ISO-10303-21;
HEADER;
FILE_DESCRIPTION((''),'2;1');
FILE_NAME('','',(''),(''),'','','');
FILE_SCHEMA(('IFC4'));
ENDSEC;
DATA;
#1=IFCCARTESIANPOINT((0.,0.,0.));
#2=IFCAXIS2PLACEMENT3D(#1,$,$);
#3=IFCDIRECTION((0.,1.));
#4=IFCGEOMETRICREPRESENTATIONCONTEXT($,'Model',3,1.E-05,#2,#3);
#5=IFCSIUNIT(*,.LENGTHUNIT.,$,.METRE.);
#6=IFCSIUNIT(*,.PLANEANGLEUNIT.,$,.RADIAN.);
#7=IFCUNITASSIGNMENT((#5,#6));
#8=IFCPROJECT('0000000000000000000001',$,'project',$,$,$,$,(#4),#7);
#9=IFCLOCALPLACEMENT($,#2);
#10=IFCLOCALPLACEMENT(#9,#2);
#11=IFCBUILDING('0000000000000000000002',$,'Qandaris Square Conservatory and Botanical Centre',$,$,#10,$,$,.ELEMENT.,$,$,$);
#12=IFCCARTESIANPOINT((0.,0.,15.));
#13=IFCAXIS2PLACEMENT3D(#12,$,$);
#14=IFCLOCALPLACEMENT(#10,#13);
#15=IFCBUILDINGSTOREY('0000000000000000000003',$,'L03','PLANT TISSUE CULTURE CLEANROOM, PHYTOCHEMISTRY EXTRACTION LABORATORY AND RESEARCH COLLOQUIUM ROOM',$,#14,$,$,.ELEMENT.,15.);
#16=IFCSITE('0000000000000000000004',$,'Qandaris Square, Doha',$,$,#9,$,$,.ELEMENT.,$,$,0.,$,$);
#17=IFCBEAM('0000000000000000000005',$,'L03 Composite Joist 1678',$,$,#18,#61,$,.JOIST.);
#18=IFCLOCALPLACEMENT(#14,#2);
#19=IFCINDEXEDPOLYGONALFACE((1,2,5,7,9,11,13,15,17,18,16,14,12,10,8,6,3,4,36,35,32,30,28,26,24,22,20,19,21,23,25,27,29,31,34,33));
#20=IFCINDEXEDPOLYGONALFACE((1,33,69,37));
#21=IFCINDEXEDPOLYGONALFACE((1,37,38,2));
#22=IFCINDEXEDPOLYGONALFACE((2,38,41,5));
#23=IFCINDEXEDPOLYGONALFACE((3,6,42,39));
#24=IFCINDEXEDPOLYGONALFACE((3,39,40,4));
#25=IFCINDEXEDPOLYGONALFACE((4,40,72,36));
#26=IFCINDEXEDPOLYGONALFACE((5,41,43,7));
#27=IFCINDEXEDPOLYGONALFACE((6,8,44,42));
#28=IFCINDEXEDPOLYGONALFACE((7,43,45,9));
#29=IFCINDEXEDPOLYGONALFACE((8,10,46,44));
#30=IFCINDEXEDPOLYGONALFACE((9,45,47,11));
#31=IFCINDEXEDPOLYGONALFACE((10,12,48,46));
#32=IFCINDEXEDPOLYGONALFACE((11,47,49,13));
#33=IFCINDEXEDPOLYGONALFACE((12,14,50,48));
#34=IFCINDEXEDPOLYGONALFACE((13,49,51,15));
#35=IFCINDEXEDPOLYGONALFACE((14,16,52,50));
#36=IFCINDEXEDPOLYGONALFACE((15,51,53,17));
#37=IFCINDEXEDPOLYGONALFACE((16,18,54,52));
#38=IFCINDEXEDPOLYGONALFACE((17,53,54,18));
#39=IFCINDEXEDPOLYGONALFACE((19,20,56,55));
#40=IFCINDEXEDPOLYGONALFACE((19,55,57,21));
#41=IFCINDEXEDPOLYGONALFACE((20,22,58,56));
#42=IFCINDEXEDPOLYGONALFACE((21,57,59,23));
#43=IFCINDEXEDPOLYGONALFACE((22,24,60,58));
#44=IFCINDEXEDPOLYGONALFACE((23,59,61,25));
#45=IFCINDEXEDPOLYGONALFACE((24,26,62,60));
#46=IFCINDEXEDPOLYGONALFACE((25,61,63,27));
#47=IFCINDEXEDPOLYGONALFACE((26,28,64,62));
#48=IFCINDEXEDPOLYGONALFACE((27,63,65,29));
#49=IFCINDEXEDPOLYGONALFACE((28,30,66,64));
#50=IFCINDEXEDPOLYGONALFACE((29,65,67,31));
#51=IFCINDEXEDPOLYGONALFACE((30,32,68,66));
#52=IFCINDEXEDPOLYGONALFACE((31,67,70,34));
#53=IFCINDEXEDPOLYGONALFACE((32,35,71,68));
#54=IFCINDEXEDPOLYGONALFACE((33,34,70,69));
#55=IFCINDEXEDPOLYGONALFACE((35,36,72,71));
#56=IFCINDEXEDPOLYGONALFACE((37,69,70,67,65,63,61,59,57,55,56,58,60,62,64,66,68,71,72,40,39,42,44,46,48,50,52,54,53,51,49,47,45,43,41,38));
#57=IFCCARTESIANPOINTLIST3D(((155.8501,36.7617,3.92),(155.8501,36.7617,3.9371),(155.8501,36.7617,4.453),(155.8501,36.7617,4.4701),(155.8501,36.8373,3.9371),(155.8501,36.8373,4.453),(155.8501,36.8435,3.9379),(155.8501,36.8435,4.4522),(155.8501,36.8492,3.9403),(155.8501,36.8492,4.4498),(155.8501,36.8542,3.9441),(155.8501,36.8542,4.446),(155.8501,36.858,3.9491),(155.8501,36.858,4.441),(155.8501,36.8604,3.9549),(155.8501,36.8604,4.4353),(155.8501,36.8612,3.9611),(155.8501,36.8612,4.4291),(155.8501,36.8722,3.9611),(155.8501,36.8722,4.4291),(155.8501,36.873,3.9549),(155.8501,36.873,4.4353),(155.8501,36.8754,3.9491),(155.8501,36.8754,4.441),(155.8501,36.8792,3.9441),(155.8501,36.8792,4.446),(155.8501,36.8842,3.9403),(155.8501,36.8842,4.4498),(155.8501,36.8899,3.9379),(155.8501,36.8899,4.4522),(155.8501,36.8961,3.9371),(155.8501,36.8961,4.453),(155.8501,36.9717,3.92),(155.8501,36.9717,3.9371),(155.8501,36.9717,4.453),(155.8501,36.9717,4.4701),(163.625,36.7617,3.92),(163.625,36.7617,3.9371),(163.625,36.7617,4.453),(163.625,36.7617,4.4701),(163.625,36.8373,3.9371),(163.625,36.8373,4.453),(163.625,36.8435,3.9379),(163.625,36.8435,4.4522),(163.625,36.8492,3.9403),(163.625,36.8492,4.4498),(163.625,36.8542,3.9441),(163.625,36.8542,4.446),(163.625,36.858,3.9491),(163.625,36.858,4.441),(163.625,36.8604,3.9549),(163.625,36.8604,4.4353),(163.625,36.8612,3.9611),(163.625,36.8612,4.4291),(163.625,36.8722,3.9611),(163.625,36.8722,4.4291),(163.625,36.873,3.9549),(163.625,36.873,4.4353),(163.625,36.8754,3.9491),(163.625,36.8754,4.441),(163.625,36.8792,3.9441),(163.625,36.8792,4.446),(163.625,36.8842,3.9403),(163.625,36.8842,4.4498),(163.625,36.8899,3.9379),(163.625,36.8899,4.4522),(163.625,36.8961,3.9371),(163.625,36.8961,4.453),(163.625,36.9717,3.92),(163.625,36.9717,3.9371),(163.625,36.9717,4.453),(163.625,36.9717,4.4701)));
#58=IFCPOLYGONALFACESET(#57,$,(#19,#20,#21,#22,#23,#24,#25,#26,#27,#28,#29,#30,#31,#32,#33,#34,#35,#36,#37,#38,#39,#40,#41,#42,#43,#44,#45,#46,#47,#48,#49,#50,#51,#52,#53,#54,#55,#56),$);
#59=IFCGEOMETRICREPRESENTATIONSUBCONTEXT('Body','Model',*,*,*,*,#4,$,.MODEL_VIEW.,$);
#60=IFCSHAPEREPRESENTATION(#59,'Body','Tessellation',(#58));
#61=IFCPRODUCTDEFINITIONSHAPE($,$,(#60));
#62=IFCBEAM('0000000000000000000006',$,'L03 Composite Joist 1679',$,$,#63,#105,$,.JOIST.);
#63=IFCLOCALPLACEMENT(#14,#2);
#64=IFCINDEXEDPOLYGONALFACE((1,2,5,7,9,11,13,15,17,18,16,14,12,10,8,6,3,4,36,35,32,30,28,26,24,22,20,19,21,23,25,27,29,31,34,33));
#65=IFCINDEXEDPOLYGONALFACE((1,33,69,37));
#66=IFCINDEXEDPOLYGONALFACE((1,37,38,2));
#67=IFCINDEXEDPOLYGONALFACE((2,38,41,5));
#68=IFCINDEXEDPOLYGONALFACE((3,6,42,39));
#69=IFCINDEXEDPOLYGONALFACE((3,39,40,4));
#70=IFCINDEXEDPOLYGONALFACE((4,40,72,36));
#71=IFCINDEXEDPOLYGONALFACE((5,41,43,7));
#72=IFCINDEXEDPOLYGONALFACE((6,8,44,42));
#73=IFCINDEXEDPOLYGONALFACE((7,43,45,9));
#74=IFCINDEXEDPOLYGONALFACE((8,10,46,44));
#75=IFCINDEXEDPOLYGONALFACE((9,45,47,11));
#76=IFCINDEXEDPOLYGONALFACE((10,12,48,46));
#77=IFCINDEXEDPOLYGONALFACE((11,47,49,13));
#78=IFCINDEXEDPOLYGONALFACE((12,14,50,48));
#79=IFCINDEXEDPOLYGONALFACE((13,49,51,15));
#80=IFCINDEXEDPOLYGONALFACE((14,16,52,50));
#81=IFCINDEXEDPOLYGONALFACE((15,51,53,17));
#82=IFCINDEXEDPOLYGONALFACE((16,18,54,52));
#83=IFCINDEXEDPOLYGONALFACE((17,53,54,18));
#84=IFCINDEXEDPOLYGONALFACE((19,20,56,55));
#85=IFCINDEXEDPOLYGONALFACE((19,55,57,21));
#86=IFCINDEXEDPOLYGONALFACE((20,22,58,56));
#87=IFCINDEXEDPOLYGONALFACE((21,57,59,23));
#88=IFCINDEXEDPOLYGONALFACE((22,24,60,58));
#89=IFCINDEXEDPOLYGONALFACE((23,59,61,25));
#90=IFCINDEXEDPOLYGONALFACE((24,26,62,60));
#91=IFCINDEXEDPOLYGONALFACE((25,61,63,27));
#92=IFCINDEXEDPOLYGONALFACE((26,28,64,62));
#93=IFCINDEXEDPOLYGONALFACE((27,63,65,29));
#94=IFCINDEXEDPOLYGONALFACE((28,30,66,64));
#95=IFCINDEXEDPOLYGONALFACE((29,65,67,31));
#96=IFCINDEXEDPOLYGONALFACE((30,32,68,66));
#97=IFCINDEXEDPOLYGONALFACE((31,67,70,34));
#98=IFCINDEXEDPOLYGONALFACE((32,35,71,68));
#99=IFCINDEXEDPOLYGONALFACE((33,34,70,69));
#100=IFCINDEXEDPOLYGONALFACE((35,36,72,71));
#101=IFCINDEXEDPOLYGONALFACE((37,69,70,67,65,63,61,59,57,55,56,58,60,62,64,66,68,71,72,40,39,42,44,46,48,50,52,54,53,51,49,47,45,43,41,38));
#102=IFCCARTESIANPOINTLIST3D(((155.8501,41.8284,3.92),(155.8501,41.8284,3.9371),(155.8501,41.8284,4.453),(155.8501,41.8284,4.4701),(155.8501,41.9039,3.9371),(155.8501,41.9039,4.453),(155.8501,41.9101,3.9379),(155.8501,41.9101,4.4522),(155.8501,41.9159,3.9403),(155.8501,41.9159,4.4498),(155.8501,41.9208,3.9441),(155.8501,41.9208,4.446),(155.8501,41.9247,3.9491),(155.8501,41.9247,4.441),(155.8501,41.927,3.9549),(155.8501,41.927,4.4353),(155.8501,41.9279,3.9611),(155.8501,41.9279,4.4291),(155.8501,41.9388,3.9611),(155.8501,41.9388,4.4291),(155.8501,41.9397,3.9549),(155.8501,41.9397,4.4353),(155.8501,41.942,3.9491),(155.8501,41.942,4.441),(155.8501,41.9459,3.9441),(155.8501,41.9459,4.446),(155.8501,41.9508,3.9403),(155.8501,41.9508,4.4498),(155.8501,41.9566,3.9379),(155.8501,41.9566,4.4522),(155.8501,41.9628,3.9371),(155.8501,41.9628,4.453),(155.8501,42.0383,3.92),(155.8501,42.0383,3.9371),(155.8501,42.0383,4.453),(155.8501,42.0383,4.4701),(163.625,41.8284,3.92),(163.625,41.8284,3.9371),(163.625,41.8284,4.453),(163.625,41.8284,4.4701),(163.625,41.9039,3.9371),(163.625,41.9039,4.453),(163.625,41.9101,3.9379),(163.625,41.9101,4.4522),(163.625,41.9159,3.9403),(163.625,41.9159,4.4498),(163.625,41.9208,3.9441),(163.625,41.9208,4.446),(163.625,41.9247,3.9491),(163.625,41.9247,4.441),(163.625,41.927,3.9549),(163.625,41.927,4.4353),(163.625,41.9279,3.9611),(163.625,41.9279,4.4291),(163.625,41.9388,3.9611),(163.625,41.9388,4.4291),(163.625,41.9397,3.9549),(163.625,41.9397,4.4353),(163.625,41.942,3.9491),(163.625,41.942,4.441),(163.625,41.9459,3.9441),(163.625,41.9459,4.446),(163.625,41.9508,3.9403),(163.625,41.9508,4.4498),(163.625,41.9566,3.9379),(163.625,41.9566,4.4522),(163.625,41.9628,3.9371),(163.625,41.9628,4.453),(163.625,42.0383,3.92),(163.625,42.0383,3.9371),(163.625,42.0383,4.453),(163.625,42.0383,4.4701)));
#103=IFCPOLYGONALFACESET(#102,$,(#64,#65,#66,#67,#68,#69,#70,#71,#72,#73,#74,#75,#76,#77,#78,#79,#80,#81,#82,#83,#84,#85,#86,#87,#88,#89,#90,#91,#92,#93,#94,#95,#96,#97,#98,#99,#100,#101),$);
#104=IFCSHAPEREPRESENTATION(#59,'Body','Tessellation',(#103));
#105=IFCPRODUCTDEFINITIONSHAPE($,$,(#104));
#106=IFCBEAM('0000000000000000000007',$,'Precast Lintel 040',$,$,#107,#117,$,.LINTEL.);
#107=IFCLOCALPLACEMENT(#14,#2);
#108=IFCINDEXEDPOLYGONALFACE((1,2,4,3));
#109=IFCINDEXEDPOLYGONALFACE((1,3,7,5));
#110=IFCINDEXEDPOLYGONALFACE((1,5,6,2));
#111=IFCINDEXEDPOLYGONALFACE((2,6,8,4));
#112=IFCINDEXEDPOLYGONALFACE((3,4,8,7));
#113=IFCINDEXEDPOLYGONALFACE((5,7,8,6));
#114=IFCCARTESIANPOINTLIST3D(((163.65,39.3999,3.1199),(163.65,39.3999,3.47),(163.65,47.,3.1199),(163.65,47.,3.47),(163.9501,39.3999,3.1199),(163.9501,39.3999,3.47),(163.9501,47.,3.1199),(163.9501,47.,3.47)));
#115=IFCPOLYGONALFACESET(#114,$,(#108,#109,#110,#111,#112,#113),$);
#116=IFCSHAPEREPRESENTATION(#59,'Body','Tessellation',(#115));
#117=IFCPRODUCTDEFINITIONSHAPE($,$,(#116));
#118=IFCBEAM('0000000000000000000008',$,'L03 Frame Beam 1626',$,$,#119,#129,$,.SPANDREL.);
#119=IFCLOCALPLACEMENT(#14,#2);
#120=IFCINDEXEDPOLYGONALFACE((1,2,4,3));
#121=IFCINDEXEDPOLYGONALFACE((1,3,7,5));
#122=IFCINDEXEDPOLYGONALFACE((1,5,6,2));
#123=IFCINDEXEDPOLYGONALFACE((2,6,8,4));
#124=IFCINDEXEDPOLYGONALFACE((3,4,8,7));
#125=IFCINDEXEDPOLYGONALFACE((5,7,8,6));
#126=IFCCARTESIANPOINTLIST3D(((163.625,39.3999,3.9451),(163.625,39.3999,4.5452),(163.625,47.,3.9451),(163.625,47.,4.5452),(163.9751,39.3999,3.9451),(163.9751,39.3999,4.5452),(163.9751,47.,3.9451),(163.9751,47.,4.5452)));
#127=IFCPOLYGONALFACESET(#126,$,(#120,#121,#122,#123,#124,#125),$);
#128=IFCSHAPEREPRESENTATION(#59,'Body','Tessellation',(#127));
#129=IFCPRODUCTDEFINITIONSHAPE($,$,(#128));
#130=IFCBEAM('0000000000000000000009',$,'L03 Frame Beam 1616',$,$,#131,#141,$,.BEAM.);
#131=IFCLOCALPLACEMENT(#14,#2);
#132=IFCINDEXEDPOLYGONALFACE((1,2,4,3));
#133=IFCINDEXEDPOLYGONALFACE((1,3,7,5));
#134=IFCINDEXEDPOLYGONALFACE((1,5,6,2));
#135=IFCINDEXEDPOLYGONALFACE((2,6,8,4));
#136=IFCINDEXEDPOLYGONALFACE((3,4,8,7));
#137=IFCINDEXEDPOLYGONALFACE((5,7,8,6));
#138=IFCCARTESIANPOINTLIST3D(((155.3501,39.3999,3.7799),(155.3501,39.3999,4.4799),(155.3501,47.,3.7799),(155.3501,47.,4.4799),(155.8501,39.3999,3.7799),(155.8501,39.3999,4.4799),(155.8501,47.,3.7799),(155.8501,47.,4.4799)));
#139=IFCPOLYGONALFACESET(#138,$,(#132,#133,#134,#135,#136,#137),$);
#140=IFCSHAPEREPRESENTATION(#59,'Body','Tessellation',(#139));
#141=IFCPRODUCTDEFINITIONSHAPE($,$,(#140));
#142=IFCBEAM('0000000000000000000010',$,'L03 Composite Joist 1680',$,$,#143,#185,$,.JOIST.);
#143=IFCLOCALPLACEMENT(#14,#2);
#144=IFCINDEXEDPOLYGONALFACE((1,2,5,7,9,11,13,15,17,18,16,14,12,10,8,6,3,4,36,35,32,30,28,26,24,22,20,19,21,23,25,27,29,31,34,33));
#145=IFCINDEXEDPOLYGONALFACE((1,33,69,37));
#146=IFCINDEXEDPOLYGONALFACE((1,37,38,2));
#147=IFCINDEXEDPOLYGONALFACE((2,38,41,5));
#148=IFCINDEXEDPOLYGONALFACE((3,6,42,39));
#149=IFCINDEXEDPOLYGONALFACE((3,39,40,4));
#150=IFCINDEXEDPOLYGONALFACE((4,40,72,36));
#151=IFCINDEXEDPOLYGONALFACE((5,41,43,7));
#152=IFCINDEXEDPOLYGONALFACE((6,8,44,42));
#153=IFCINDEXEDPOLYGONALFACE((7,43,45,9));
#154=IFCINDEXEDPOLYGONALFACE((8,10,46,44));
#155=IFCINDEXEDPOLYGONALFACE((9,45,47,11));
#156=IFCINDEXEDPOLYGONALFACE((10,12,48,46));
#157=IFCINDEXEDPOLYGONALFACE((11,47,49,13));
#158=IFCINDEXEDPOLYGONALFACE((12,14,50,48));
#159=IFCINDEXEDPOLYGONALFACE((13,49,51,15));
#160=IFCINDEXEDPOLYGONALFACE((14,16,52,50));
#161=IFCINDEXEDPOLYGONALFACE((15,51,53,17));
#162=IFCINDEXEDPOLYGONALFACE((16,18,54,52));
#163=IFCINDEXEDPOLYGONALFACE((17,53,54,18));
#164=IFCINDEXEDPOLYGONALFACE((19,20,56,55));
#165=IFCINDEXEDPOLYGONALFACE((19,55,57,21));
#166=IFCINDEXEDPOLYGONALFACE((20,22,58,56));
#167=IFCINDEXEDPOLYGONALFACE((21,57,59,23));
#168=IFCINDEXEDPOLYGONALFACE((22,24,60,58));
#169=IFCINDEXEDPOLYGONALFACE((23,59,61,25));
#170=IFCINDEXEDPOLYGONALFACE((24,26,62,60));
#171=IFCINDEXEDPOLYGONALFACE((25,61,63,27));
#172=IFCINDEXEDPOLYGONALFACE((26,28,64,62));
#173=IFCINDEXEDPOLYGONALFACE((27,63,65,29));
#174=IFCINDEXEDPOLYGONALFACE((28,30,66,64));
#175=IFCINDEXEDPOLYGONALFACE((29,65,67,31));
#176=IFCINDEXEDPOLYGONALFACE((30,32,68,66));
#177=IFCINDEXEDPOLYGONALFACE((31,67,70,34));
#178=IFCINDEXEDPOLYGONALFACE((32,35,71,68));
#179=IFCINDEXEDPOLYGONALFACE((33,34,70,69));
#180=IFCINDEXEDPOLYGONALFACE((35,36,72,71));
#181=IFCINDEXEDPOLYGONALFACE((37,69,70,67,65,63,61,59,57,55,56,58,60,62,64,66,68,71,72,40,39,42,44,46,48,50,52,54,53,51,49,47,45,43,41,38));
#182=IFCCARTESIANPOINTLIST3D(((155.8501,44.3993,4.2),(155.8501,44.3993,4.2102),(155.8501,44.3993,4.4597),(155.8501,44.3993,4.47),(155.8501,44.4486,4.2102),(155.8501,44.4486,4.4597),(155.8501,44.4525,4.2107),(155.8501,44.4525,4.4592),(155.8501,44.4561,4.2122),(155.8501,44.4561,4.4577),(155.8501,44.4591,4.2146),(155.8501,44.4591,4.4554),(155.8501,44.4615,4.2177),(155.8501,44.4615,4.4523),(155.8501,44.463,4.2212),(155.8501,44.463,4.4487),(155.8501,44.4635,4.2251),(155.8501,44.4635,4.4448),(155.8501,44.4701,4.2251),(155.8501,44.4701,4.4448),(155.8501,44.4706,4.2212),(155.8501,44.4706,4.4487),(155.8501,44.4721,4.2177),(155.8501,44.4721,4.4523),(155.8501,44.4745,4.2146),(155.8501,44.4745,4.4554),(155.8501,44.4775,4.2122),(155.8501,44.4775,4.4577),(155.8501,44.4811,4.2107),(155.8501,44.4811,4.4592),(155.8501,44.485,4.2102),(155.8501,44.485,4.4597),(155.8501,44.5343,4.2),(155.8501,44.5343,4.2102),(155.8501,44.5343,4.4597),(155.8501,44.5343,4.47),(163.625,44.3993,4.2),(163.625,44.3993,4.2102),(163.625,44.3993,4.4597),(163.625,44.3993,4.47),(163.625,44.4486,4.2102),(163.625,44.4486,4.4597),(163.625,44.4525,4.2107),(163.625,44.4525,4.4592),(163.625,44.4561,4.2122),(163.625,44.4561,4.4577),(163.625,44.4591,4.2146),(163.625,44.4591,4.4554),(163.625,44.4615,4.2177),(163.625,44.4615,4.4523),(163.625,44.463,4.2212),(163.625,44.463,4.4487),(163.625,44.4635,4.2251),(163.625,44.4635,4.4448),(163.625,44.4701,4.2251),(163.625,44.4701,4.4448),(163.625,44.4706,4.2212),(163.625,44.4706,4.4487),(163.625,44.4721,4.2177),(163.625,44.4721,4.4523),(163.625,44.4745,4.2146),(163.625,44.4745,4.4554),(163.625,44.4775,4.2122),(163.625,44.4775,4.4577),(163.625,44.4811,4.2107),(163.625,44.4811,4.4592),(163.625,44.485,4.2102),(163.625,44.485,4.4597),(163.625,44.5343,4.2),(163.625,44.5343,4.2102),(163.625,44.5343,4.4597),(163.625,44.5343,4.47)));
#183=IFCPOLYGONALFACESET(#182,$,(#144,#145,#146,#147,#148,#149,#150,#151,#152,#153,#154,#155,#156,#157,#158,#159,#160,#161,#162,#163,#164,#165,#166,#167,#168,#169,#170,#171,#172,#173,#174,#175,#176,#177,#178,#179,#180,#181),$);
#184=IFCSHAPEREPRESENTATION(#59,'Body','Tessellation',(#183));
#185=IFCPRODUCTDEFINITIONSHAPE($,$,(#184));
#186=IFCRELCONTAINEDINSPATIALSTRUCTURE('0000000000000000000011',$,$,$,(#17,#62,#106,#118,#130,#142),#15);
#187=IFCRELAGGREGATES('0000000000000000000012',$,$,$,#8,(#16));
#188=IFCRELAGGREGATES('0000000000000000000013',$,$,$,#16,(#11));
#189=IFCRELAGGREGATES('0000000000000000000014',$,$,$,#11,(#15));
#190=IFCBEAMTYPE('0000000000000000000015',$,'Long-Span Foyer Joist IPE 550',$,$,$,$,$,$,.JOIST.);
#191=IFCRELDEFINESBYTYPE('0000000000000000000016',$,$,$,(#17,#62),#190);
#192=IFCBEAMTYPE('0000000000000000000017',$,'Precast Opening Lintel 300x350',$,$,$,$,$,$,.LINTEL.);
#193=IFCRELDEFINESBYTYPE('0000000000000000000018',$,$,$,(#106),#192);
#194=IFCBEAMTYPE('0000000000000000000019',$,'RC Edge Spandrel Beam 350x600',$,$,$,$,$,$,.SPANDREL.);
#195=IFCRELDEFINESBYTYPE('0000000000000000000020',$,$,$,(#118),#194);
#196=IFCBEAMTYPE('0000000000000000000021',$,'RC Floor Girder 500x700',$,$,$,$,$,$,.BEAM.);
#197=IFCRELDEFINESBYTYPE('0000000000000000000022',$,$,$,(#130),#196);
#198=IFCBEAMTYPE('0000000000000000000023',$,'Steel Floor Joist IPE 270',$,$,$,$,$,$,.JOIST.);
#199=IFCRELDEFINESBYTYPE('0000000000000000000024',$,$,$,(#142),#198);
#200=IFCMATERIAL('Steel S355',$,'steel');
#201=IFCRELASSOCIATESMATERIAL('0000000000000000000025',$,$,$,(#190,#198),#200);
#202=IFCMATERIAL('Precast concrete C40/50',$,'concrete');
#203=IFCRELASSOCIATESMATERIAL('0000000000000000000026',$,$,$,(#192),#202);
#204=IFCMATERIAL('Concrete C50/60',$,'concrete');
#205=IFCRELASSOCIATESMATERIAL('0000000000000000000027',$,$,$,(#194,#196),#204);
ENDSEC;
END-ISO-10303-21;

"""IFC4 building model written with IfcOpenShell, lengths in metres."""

from ifc_helpers import new_model, si_unit, direction, frame, origin, origin_2d, place, context, subcontext, project, spatial, rectangle, i_section, extrude, material, material_profile, profile_set, type_object, element, save


model = new_model("IFC4")

# Units and contexts
model_context = context("Model", 3, precision=1e-05, world=origin(), true_north=direction((0.0, 1.0)))
body_context = subcontext(model_context, "Body", "Model", "MODEL_VIEW")
ifc_project = project(units=[si_unit("LENGTHUNIT", "METRE"), si_unit("PLANEANGLEUNIT", "RADIAN")], contexts=[model_context])

# Site, building, storey
site_placement = place(None, origin())
site = spatial("IfcSite", under=ifc_project, at=site_placement, Name="Qandaris Square, Doha", CompositionType="ELEMENT", RefElevation=0.0)
building_placement = place(site_placement, origin())
building = spatial("IfcBuilding", under=site, at=building_placement, Name="Qandaris Square Conservatory and Botanical Centre", CompositionType="ELEMENT")
storey_placement = place(building_placement, frame((0.0, 0.0, 15.0)))
storey = spatial("IfcBuildingStorey", under=building, at=storey_placement, Name="L03", Description="PLANT TISSUE CULTURE CLEANROOM, PHYTOCHEMISTRY EXTRACTION LABORATORY AND RESEARCH COLLOQUIUM ROOM", CompositionType="ELEMENT", Elevation=15.0)

# Shared definitions
ifc_material_1 = material(Name="Concrete C50/60", Category="concrete")

# Beams
ifc_material_2 = material(Name="Steel S355", Category="steel")
ifc_material_profile_1 = material_profile(ifc_material_2, i_section(OverallWidth=0.21, OverallDepth=0.55, WebThickness=0.011, FlangeThickness=0.0171, FilletRadius=0.0239, at=origin_2d()), Name="IPE 550")
ifc_profile_set_1 = profile_set([ifc_material_profile_1], Name="Steel S355")
beam_type_1 = type_object("IfcBeamType", Name="Long-Span Foyer Joist IPE 550", PredefinedType="JOIST", material=ifc_profile_set_1)
for number, where, z_axis, x_axis, name in (
    (1, (155.8501, 36.8667, 4.1951), (1.0, 0.0, 0.0), (0.0, 1.0, 0.0), "L03 Composite Joist 1678"),
    (2, (155.8501, 41.9333, 4.1951), (1.0, 0.0, 0.0), (0.0, 1.0, 0.0), "L03 Composite Joist 1679"),
):
    element("IfcBeam", number, at=place(storey_placement, frame(where, z_axis=z_axis, x_axis=x_axis)), inside=storey, type_object=beam_type_1, Name=name, PredefinedType="JOIST", context=body_context, shape_type="SweptSolid", body=[
        extrude(i_section(OverallWidth=0.21, OverallDepth=0.55, WebThickness=0.011, FlangeThickness=0.0171, FilletRadius=0.0239, at=origin_2d()), origin(), (0.0, 0.0, 1.0), 7.7749),
    ])
ifc_material_3 = material(Name="Precast concrete C40/50", Category="concrete")
ifc_material_profile_2 = material_profile(ifc_material_3, rectangle(XDim=0.3, YDim=0.3501, at=origin_2d()), Name="RC-LN 300x350")
ifc_profile_set_2 = profile_set([ifc_material_profile_2], Name="Precast concrete C40/50")
beam_type_2 = type_object("IfcBeamType", Name="Precast Opening Lintel 300x350", PredefinedType="LINTEL", material=ifc_profile_set_2)
beam_1_placement = place(storey_placement, frame((163.8, 39.3999, 3.2949), z_axis=(0.0, 1.0, 0.0), x_axis=(-1.0, 0.0, 0.0)))
element("IfcBeam", 3, at=beam_1_placement, inside=storey, type_object=beam_type_2, Name="Precast Lintel 040", PredefinedType="LINTEL", context=body_context, shape_type="SweptSolid", body=[
    extrude(rectangle(XDim=0.3, YDim=0.3501, at=origin_2d()), origin(), (0.0, 0.0, 1.0), 7.6001),
])
ifc_material_profile_3 = material_profile(ifc_material_1, rectangle(XDim=0.3501, YDim=0.6001, at=origin_2d()), Name="RC-SP 350x600")
ifc_profile_set_3 = profile_set([ifc_material_profile_3], Name="Concrete C50/60")
beam_type_3 = type_object("IfcBeamType", Name="RC Edge Spandrel Beam 350x600", PredefinedType="SPANDREL", material=ifc_profile_set_3)
beam_2_placement = place(storey_placement, frame((163.8, 39.3999, 4.2451), z_axis=(0.0, 1.0, 0.0), x_axis=(-1.0, 0.0, 0.0)))
element("IfcBeam", 4, at=beam_2_placement, inside=storey, type_object=beam_type_3, Name="L03 Frame Beam 1626", PredefinedType="SPANDREL", context=body_context, shape_type="SweptSolid", body=[
    extrude(rectangle(XDim=0.3501, YDim=0.6001, at=origin_2d()), origin(), (0.0, 0.0, 1.0), 7.6001),
])
ifc_material_profile_4 = material_profile(ifc_material_1, rectangle(XDim=0.5, YDim=0.7, at=origin_2d()), Name="RC-BM 500x700")
ifc_profile_set_4 = profile_set([ifc_material_profile_4], Name="Concrete C50/60")
beam_type_4 = type_object("IfcBeamType", Name="RC Floor Girder 500x700", PredefinedType="BEAM", material=ifc_profile_set_4)
beam_3_placement = place(storey_placement, frame((155.6001, 39.3999, 4.1299), z_axis=(0.0, 1.0, 0.0), x_axis=(-1.0, 0.0, 0.0)))
element("IfcBeam", 5, at=beam_3_placement, inside=storey, type_object=beam_type_4, Name="L03 Frame Beam 1616", PredefinedType="BEAM", context=body_context, shape_type="SweptSolid", body=[
    extrude(rectangle(XDim=0.5, YDim=0.7, at=origin_2d()), origin(), (0.0, 0.0, 1.0), 7.6001),
])
ifc_material_profile_5 = material_profile(ifc_material_2, i_section(OverallWidth=0.135, OverallDepth=0.27, WebThickness=0.0066, FlangeThickness=0.0103, FilletRadius=0.0149, at=origin_2d()), Name="IPE 270")
ifc_profile_set_5 = profile_set([ifc_material_profile_5], Name="Steel S355")
beam_type_5 = type_object("IfcBeamType", Name="Steel Floor Joist IPE 270", PredefinedType="JOIST", material=ifc_profile_set_5)
beam_4_placement = place(storey_placement, frame((155.8501, 44.4668, 4.335), z_axis=(1.0, 0.0, 0.0), x_axis=(0.0, 1.0, 0.0)))
element("IfcBeam", 6, at=beam_4_placement, inside=storey, type_object=beam_type_5, Name="L03 Composite Joist 1680", PredefinedType="JOIST", context=body_context, shape_type="SweptSolid", body=[
    extrude(i_section(OverallWidth=0.135, OverallDepth=0.27, WebThickness=0.0066, FlangeThickness=0.0103, FilletRadius=0.0149, at=origin_2d()), origin(), (0.0, 0.0, 1.0), 7.7749),
])

save(model, "model.ifc")
